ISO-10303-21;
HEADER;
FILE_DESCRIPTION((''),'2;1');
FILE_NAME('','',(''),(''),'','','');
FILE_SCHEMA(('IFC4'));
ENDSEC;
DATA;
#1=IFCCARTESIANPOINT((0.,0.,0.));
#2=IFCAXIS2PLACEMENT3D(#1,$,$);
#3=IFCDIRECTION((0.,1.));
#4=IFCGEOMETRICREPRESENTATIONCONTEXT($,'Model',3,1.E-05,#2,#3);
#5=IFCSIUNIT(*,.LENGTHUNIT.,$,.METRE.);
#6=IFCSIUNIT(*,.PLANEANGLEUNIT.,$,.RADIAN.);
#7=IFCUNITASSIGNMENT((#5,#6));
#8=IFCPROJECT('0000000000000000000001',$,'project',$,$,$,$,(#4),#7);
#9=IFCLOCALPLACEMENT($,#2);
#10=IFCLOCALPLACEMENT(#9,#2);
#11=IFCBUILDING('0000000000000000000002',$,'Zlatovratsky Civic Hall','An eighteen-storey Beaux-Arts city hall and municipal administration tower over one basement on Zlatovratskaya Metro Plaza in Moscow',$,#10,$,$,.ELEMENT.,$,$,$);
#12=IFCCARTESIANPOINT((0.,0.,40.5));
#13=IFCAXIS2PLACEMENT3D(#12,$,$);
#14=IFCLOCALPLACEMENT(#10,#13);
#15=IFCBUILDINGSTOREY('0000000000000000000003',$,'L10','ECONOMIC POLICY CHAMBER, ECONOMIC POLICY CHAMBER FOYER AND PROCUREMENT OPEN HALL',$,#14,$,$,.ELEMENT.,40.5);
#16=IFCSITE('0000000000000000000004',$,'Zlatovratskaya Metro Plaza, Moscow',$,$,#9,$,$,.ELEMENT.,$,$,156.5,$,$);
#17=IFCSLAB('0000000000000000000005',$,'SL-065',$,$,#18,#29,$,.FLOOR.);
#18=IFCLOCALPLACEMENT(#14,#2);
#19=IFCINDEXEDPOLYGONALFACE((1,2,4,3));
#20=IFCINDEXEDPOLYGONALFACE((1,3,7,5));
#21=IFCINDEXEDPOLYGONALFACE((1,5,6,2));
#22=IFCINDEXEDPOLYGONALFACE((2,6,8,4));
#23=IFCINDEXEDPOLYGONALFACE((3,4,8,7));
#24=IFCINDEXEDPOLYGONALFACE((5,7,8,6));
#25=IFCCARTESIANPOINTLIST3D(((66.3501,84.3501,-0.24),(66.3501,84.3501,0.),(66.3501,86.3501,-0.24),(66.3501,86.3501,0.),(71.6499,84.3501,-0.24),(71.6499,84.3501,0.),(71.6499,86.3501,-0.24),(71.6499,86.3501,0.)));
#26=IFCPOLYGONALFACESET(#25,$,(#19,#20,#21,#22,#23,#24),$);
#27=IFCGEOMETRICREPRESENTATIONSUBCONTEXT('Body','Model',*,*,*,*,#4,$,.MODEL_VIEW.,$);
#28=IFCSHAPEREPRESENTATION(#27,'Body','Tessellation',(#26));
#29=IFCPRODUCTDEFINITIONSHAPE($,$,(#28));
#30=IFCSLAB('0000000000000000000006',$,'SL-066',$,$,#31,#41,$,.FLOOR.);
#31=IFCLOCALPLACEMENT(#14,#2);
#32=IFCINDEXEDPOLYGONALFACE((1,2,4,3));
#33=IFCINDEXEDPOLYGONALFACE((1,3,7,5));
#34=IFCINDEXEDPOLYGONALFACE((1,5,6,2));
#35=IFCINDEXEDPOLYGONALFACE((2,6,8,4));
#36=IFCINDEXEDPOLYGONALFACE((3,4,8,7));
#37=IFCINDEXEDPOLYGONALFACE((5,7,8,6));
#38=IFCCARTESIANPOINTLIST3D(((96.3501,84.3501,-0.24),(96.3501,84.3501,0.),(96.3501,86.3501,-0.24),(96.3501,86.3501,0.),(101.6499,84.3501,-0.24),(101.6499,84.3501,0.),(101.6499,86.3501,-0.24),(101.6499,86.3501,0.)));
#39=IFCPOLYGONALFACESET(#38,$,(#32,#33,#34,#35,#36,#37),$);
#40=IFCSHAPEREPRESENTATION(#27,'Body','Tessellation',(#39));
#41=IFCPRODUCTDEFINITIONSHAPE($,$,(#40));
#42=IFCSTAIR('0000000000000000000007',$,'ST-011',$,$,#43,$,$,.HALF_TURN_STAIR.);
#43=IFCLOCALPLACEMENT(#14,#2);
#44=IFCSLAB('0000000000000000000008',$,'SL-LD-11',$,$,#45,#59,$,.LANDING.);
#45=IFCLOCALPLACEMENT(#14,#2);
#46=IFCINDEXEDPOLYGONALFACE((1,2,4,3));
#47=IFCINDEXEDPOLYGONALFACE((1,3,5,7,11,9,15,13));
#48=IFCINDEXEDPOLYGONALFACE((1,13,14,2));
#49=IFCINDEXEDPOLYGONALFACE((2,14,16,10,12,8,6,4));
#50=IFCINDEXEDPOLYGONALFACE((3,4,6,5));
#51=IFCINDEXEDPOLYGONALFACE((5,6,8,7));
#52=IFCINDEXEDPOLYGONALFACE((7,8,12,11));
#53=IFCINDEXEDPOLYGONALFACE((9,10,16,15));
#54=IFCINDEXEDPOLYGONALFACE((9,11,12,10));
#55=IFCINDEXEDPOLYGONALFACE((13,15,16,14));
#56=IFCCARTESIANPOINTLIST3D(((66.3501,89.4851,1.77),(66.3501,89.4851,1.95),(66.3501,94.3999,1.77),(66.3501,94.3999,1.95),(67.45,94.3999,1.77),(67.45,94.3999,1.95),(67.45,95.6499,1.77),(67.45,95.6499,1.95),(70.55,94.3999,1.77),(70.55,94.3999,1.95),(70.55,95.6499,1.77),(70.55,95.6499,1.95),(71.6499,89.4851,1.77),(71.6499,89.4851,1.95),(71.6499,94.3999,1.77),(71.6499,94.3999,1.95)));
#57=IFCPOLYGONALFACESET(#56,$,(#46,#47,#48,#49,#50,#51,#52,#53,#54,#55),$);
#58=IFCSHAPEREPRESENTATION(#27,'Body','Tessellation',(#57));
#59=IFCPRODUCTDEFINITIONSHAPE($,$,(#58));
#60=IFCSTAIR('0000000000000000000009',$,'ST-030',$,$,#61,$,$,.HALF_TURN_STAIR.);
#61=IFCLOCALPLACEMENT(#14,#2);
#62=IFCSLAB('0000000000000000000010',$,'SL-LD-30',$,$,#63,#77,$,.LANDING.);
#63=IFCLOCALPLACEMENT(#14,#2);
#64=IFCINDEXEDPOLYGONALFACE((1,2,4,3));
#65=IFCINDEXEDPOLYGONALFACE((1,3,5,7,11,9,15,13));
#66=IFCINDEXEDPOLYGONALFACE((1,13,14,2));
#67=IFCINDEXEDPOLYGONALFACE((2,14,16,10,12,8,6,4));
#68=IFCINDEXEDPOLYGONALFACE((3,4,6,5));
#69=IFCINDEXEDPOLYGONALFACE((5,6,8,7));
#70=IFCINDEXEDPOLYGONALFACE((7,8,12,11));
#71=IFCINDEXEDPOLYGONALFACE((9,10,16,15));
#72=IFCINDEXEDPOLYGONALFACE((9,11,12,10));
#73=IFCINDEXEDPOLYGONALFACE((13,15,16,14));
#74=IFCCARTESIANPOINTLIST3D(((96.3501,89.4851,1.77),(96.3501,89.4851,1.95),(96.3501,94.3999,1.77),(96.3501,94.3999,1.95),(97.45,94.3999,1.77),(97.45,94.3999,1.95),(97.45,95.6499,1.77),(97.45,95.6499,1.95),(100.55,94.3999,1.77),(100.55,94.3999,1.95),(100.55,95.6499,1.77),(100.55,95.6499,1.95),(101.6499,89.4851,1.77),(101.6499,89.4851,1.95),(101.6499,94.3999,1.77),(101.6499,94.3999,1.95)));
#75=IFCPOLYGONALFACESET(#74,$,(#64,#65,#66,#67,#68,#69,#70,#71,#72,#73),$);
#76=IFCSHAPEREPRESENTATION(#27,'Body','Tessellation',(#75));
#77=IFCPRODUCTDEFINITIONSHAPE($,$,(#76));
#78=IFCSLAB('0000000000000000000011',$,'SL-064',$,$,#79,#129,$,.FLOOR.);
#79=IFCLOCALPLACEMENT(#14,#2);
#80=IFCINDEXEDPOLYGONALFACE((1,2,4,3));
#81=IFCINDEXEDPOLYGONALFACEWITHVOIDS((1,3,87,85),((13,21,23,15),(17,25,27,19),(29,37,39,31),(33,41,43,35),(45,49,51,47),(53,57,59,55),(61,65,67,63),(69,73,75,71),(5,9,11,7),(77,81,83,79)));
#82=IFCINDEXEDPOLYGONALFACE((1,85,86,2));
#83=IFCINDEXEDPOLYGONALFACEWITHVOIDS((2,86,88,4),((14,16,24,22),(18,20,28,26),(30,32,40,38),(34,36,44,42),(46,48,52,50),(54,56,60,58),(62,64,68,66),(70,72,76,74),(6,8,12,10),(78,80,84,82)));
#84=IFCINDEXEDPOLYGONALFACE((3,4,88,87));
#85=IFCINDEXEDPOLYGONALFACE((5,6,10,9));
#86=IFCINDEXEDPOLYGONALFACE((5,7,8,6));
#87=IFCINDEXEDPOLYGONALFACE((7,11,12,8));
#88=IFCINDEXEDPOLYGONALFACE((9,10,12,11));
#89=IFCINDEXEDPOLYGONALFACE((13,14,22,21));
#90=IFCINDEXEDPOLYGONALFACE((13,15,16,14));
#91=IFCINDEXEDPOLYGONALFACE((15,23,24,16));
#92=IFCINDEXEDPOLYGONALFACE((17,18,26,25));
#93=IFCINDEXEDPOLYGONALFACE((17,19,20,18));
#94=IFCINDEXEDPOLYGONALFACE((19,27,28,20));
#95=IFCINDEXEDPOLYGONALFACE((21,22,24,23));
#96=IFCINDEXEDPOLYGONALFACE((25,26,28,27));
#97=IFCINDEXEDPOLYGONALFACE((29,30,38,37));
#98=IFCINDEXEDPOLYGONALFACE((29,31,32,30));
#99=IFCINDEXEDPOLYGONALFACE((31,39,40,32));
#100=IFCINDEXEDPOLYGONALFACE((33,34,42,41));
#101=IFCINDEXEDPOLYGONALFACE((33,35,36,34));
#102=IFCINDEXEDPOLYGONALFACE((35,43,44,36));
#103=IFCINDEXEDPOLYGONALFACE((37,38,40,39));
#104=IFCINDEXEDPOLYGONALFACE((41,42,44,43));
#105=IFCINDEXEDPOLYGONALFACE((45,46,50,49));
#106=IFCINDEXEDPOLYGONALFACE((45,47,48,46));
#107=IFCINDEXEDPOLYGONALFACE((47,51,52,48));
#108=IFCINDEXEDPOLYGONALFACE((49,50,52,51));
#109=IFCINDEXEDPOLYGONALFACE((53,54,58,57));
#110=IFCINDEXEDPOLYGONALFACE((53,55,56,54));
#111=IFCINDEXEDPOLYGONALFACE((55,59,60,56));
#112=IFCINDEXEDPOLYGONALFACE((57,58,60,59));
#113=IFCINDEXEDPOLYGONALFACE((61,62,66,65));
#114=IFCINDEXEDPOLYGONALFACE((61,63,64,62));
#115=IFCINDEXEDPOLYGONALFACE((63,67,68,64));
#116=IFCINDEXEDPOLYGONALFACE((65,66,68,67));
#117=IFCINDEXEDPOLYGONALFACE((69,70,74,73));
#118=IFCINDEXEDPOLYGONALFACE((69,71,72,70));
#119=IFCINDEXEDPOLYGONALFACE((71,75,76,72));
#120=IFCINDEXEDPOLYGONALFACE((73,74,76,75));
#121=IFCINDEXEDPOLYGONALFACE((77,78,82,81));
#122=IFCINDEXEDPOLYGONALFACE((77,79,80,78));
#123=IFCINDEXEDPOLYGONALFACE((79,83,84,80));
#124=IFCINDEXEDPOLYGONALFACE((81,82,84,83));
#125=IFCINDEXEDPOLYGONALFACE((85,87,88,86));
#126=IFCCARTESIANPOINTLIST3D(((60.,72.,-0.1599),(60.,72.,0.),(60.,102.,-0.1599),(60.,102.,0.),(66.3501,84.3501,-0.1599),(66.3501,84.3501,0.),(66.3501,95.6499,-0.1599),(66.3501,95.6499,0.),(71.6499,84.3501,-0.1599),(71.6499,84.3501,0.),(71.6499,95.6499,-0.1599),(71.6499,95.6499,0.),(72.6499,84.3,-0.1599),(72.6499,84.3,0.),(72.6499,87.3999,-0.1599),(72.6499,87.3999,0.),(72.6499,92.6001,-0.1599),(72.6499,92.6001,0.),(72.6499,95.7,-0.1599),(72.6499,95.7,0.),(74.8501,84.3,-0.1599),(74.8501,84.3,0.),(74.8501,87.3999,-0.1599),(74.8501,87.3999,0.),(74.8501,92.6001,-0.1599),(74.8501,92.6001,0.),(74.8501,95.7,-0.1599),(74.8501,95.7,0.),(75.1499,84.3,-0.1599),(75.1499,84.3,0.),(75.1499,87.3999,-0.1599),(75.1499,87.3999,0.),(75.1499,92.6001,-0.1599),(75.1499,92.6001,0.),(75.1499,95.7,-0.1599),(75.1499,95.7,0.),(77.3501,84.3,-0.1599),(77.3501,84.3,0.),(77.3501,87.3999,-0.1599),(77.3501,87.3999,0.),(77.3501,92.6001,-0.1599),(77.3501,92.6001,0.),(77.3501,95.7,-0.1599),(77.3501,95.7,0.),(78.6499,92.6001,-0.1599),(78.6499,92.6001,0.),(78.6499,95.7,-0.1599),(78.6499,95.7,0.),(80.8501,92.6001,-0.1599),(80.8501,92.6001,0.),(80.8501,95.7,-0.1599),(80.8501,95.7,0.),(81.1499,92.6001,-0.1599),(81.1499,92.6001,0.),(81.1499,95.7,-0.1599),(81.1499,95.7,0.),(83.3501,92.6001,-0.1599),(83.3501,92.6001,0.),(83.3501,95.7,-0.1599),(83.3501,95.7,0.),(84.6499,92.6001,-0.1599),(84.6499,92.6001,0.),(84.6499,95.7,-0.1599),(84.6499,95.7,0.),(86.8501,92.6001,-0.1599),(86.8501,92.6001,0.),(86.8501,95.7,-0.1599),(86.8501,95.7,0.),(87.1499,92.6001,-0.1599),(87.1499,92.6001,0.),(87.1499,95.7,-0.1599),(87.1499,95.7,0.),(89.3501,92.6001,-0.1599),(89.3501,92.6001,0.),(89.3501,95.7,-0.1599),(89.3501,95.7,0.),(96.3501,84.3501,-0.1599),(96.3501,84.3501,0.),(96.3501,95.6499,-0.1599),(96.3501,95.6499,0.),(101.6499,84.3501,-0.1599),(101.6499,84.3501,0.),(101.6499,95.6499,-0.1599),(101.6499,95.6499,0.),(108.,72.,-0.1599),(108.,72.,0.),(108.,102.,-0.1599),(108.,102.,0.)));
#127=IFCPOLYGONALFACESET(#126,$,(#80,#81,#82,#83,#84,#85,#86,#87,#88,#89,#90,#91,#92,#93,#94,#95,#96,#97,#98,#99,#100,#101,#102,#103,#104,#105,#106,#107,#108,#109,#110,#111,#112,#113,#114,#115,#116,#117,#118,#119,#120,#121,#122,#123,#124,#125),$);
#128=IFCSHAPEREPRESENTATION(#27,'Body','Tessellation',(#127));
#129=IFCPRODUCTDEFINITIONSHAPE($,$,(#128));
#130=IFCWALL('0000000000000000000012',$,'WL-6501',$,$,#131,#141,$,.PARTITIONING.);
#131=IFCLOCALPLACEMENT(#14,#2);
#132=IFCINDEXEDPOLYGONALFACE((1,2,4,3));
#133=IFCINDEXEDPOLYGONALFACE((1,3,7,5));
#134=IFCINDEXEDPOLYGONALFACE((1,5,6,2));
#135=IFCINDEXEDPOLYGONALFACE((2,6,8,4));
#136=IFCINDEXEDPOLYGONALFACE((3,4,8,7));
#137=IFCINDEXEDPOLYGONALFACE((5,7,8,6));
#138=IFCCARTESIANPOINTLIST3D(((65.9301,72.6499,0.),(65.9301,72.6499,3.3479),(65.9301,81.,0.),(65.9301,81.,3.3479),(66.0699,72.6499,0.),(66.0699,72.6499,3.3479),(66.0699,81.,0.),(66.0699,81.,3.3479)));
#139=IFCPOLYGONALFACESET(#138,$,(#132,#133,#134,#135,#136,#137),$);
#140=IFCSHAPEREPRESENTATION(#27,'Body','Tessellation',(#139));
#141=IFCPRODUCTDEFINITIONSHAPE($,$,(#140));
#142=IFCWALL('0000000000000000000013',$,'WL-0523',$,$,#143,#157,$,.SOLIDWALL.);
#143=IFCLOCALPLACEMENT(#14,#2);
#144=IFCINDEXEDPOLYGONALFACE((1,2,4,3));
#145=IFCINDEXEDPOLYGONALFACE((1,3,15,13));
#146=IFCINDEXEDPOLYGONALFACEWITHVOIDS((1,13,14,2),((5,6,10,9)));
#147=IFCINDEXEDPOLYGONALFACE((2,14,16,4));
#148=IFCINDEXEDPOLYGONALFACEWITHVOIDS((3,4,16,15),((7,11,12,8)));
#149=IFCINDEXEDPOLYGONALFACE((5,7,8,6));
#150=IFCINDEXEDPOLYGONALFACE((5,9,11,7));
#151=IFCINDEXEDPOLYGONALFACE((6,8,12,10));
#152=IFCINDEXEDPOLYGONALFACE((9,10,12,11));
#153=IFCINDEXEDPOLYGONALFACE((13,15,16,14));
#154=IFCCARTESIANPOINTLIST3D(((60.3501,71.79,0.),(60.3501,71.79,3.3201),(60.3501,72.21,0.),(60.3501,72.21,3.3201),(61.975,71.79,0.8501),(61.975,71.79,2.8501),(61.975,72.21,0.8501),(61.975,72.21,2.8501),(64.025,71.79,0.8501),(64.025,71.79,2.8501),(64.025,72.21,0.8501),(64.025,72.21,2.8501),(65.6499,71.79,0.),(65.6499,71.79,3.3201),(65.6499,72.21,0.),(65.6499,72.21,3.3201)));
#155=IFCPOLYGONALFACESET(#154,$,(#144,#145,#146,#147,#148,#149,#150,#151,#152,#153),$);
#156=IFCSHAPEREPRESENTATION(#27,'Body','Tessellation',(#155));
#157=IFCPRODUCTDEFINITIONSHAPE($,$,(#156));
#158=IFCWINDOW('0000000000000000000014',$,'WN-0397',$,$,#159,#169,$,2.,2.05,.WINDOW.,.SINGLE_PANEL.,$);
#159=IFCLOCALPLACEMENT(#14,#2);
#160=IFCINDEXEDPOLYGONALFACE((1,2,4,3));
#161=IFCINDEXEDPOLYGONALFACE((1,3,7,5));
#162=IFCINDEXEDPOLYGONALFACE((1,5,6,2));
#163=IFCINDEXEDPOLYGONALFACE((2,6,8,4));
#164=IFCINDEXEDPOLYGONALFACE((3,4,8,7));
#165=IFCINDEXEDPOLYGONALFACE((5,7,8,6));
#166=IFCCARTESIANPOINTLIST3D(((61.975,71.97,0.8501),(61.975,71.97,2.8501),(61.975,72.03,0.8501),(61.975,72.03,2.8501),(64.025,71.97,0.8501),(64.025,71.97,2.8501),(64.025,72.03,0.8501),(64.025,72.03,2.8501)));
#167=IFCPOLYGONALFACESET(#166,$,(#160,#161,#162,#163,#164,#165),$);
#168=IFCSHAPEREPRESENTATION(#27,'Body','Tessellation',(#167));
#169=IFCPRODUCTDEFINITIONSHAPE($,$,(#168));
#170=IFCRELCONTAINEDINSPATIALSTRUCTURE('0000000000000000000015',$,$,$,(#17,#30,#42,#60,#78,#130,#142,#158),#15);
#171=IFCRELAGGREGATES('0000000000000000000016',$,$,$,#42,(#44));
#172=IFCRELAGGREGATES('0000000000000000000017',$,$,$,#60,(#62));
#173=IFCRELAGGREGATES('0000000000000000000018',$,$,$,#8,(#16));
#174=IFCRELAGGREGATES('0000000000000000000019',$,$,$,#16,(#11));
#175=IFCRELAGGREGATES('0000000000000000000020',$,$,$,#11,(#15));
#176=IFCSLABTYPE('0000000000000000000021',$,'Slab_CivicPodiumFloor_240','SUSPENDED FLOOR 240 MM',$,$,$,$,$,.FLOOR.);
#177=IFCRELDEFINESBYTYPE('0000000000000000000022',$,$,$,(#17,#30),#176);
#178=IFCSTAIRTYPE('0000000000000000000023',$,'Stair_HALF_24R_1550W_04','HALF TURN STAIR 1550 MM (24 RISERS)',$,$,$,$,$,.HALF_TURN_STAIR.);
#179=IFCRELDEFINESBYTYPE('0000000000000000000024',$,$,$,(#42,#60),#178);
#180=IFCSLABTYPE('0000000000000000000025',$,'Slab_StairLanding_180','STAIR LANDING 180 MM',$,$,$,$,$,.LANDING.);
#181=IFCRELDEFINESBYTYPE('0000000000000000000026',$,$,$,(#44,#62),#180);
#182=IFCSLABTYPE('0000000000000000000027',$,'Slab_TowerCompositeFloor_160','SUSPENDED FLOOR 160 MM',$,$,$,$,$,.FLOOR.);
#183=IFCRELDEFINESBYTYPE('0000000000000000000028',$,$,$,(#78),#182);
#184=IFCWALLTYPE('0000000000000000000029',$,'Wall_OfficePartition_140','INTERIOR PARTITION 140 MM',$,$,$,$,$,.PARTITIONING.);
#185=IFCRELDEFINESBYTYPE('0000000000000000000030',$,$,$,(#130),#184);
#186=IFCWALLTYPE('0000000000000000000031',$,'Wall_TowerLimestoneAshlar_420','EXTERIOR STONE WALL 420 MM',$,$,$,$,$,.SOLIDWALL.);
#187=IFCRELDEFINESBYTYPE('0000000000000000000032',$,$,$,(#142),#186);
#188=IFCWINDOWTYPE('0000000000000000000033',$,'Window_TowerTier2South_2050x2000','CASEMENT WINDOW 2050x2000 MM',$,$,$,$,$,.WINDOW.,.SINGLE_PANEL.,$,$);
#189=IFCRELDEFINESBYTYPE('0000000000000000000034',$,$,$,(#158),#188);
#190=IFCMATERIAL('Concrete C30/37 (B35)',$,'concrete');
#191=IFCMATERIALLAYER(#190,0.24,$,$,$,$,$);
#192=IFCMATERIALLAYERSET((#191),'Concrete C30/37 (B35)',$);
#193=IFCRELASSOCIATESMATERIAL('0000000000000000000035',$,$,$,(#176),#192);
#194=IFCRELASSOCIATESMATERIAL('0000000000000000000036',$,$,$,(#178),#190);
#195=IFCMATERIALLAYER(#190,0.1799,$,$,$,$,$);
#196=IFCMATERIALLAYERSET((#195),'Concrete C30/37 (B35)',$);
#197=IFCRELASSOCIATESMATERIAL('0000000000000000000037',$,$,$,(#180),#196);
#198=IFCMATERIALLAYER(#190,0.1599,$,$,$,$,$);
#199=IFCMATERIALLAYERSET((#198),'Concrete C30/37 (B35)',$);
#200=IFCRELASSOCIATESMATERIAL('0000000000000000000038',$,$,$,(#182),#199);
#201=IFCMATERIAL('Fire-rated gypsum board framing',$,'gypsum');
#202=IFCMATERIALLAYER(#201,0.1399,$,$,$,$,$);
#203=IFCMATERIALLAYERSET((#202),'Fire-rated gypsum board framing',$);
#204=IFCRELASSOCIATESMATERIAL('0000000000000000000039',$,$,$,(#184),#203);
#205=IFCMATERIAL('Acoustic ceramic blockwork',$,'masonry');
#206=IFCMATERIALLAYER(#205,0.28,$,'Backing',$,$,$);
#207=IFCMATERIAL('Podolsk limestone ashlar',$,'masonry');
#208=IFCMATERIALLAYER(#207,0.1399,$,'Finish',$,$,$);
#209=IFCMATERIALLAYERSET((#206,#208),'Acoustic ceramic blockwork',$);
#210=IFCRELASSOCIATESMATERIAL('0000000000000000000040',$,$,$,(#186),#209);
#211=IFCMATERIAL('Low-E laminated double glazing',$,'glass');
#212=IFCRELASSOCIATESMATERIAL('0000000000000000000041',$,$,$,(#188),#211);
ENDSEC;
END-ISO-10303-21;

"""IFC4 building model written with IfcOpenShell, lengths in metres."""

from ifc_helpers import new_model, si_unit, direction, frame, frame_2d, origin, place, context, subcontext, project, spatial, polyline, rectangle, outline, extrude, material, layer, layer_set, type_object, element, fill, aggregate, save


model = new_model("IFC4")

# Units and contexts
model_context = context("Model", 3, precision=1e-05, world=origin(), true_north=direction((0.0, 1.0)))
body_context = subcontext(model_context, "Body", "Model", "MODEL_VIEW")
ifc_project = project(units=[si_unit("LENGTHUNIT", "METRE"), si_unit("PLANEANGLEUNIT", "RADIAN")], contexts=[model_context])

# Site, building, storey
site_placement = place(None, origin())
site = spatial("IfcSite", under=ifc_project, at=site_placement, Name="Zlatovratskaya Metro Plaza, Moscow", CompositionType="ELEMENT", RefElevation=156.5)
building_placement = place(site_placement, origin())
building = spatial("IfcBuilding", under=site, at=building_placement, Name="Zlatovratsky Civic Hall", Description="An eighteen-storey Beaux-Arts city hall and municipal administration tower over one basement on Zlatovratskaya Metro Plaza in Moscow", CompositionType="ELEMENT")
storey_placement = place(building_placement, frame((0.0, 0.0, 40.5)))
storey = spatial("IfcBuildingStorey", under=building, at=storey_placement, Name="L10", Description="ECONOMIC POLICY CHAMBER, ECONOMIC POLICY CHAMBER FOYER AND PROCUREMENT OPEN HALL", CompositionType="ELEMENT", Elevation=40.5)

# Slabs
ifc_material_1 = material(Name="Concrete C30/37 (B35)", Category="concrete")
ifc_layer_1 = layer(ifc_material_1, 0.24)
ifc_layer_set_1 = layer_set([ifc_layer_1], Name="Concrete C30/37 (B35)")
slab_type_1 = type_object("IfcSlabType", Name="Slab_CivicPodiumFloor_240", Description="SUSPENDED FLOOR 240 MM", PredefinedType="FLOOR", material=ifc_layer_set_1)
slab_1_placement = place(storey_placement, frame((0.0, 0.0, -0.24)))
element("IfcSlab", 1, at=slab_1_placement, inside=storey, type_object=slab_type_1, Name="SL-065", PredefinedType="FLOOR", context=body_context, shape_type="SweptSolid", body=[
    extrude(outline(polyline([(66.3501, 84.3501), (71.6499, 84.3501), (71.6499, 86.3501), (66.3501, 86.3501), (66.3501, 84.3501)])), origin(), (0.0, 0.0, 1.0), 0.24),
])
slab_2_placement = place(storey_placement, frame((0.0, 0.0, -0.24)))
element("IfcSlab", 2, at=slab_2_placement, inside=storey, type_object=slab_type_1, Name="SL-066", PredefinedType="FLOOR", context=body_context, shape_type="SweptSolid", body=[
    extrude(outline(polyline([(96.3501, 84.3501), (101.6499, 84.3501), (101.6499, 86.3501), (96.3501, 86.3501), (96.3501, 84.3501)])), origin(), (0.0, 0.0, 1.0), 0.24),
])

# Stairs, slabs
stair_type = type_object("IfcStairType", Name="Stair_HALF_24R_1550W_04", Description="HALF TURN STAIR 1550 MM (24 RISERS)", PredefinedType="HALF_TURN_STAIR", material=ifc_material_1)
stair_1_placement = place(storey_placement, origin())
stair_1 = element("IfcStair", 3, at=stair_1_placement, inside=storey, type_object=stair_type, Name="ST-011", PredefinedType="HALF_TURN_STAIR")
ifc_layer_2 = layer(ifc_material_1, 0.1799)
ifc_layer_set_2 = layer_set([ifc_layer_2], Name="Concrete C30/37 (B35)")
slab_type_2 = type_object("IfcSlabType", Name="Slab_StairLanding_180", Description="STAIR LANDING 180 MM", PredefinedType="LANDING", material=ifc_layer_set_2)
slab_3_placement = place(storey_placement, frame((0.0, 0.0, 1.77)))
slab_3 = element("IfcSlab", 4, at=slab_3_placement, type_object=slab_type_2, Name="SL-LD-11", PredefinedType="LANDING", context=body_context, shape_type="SweptSolid", body=[
    extrude(outline(polyline([(66.3501, 89.4851), (71.6499, 89.4851), (71.6499, 94.3999), (70.55, 94.3999), (70.55, 95.6499), (67.45, 95.6499), (67.45, 94.3999), (66.3501, 94.3999), (66.3501, 89.4851)])), origin(), (0.0, 0.0, 1.0), 0.1799),
])
aggregate(stair_1, [slab_3])
stair_2_placement = place(storey_placement, origin())
stair_2 = element("IfcStair", 5, at=stair_2_placement, inside=storey, type_object=stair_type, Name="ST-030", PredefinedType="HALF_TURN_STAIR")
slab_4_placement = place(storey_placement, frame((0.0, 0.0, 1.77)))
slab_4 = element("IfcSlab", 6, at=slab_4_placement, type_object=slab_type_2, Name="SL-LD-30", PredefinedType="LANDING", context=body_context, shape_type="SweptSolid", body=[
    extrude(outline(polyline([(96.3501, 89.4851), (101.6499, 89.4851), (101.6499, 94.3999), (100.55, 94.3999), (100.55, 95.6499), (97.45, 95.6499), (97.45, 94.3999), (96.3501, 94.3999), (96.3501, 89.4851)])), origin(), (0.0, 0.0, 1.0), 0.1799),
])
aggregate(stair_2, [slab_4])

# Slab
ifc_layer_3 = layer(ifc_material_1, 0.1599)
ifc_layer_set_3 = layer_set([ifc_layer_3], Name="Concrete C30/37 (B35)")
slab_type_3 = type_object("IfcSlabType", Name="Slab_TowerCompositeFloor_160", Description="SUSPENDED FLOOR 160 MM", PredefinedType="FLOOR", material=ifc_layer_set_3)
slab_5_placement = place(storey_placement, frame((0.0, 0.0, -0.1599)))
element("IfcSlab", 7, at=slab_5_placement, inside=storey, type_object=slab_type_3, Name="SL-064", PredefinedType="FLOOR", context=body_context, shape_type="SweptSolid", body=[
    extrude(outline(polyline([(60.0, 72.0), (108.0, 72.0), (108.0, 102.0), (60.0, 102.0), (60.0, 72.0)]), holes=[polyline([(66.3501, 84.3501), (71.6499, 84.3501), (71.6499, 95.6499), (66.3501, 95.6499), (66.3501, 84.3501)]), polyline([(96.3501, 84.3501), (101.6499, 84.3501), (101.6499, 95.6499), (96.3501, 95.6499), (96.3501, 84.3501)]), polyline([(72.6499, 84.3), (74.8501, 84.3), (74.8501, 87.3999), (72.6499, 87.3999), (72.6499, 84.3)]), polyline([(75.1499, 84.3), (77.3501, 84.3), (77.3501, 87.3999), (75.1499, 87.3999), (75.1499, 84.3)]), polyline([(72.6499, 92.6001), (74.8501, 92.6001), (74.8501, 95.7), (72.6499, 95.7), (72.6499, 92.6001)]), polyline([(75.1499, 92.6001), (77.3501, 92.6001), (77.3501, 95.7), (75.1499, 95.7), (75.1499, 92.6001)]), polyline([(78.6499, 92.6001), (80.8501, 92.6001), (80.8501, 95.7), (78.6499, 95.7), (78.6499, 92.6001)]), polyline([(81.1499, 92.6001), (83.3501, 92.6001), (83.3501, 95.7), (81.1499, 95.7), (81.1499, 92.6001)]), polyline([(84.6499, 92.6001), (86.8501, 92.6001), (86.8501, 95.7), (84.6499, 95.7), (84.6499, 92.6001)]), polyline([(87.1499, 92.6001), (89.3501, 92.6001), (89.3501, 95.7), (87.1499, 95.7), (87.1499, 92.6001)])]), origin(), (0.0, 0.0, 1.0), 0.1599),
])

# Wall
ifc_material_2 = material(Name="Fire-rated gypsum board framing", Category="gypsum")
ifc_layer_4 = layer(ifc_material_2, 0.1399)
ifc_layer_set_4 = layer_set([ifc_layer_4], Name="Fire-rated gypsum board framing")
wall_type_1 = type_object("IfcWallType", Name="Wall_OfficePartition_140", Description="INTERIOR PARTITION 140 MM", PredefinedType="PARTITIONING", material=ifc_layer_set_4)
wall_1_placement = place(storey_placement, frame((66.0, 72.6499, 0.0), z_axis=(0.0, 0.0, 1.0), x_axis=(0.0, 1.0, 0.0)))
element("IfcWall", 8, at=wall_1_placement, inside=storey, type_object=wall_type_1, Name="WL-6501", PredefinedType="PARTITIONING", context=body_context, shape_type="SweptSolid", body=[
    extrude(rectangle(XDim=8.3501, YDim=0.1399, at=frame_2d((4.175, 0.0))), origin(), (0.0, 0.0, 1.0), 3.3479),
])

# Wall, opening, window
ifc_material_3 = material(Name="Acoustic ceramic blockwork", Category="masonry")
ifc_layer_5 = layer(ifc_material_3, 0.28, Name="Backing")
ifc_material_4 = material(Name="Podolsk limestone ashlar", Category="masonry")
ifc_layer_6 = layer(ifc_material_4, 0.1399, Name="Finish")
ifc_layer_set_5 = layer_set([ifc_layer_5, ifc_layer_6], Name="Acoustic ceramic blockwork")
wall_type_2 = type_object("IfcWallType", Name="Wall_TowerLimestoneAshlar_420", Description="EXTERIOR STONE WALL 420 MM", PredefinedType="SOLIDWALL", material=ifc_layer_set_5)
wall_2_placement = place(storey_placement, frame((60.3501, 72.0, 0.0), z_axis=(0.0, 0.0, 1.0), x_axis=(1.0, 0.0, 0.0)))
wall_2 = element("IfcWall", 9, at=wall_2_placement, inside=storey, type_object=wall_type_2, Name="WL-0523", PredefinedType="SOLIDWALL", context=body_context, shape_type="SweptSolid", body=[
    extrude(rectangle(XDim=5.2998, YDim=0.4199, at=frame_2d((2.6499, 0.0))), origin(), (0.0, 0.0, 1.0), 3.3201),
])
opening_1_placement = place(wall_2_placement, frame((1.625, 0.0, 0.8501)))
opening_1 = element("IfcOpeningElement", 10, at=opening_1_placement, cuts=wall_2, PredefinedType="OPENING", context=body_context, shape_type="SweptSolid", body=[
    extrude(rectangle(XDim=2.05, YDim=2.0, at=frame_2d((1.0249, 1.0))), frame((0.0, 0.2249, 0.0), z_axis=(0.0, -1.0, 0.0), x_axis=(1.0, 0.0, 0.0)), (0.0, 0.0, 1.0), 0.4497),
])
ifc_material_5 = material(Name="Low-E laminated double glazing", Category="glass")
window_type_1 = type_object("IfcWindowType", Name="Window_TowerTier2South_2050x2000", Description="CASEMENT WINDOW 2050x2000 MM", PartitioningType="SINGLE_PANEL", PredefinedType="WINDOW", material=ifc_material_5)
window_1_placement = place(opening_1_placement, origin())
window_1 = element("IfcWindow", 11, at=window_1_placement, inside=storey, type_object=window_type_1, Name="WN-0397", OverallHeight=2.0, OverallWidth=2.05, PartitioningType="SINGLE_PANEL", PredefinedType="WINDOW", context=body_context, shape_type="SweptSolid", body=[
    extrude(rectangle(XDim=2.05, YDim=2.0, at=frame_2d((1.0249, 1.0))), frame((0.0, 0.03, 0.0), z_axis=(0.0, -1.0, 0.0), x_axis=(1.0, 0.0, 0.0)), (0.0, 0.0, 1.0), 0.0601),
])
fill(opening_1, window_1)

save(model, "model.ifc")
